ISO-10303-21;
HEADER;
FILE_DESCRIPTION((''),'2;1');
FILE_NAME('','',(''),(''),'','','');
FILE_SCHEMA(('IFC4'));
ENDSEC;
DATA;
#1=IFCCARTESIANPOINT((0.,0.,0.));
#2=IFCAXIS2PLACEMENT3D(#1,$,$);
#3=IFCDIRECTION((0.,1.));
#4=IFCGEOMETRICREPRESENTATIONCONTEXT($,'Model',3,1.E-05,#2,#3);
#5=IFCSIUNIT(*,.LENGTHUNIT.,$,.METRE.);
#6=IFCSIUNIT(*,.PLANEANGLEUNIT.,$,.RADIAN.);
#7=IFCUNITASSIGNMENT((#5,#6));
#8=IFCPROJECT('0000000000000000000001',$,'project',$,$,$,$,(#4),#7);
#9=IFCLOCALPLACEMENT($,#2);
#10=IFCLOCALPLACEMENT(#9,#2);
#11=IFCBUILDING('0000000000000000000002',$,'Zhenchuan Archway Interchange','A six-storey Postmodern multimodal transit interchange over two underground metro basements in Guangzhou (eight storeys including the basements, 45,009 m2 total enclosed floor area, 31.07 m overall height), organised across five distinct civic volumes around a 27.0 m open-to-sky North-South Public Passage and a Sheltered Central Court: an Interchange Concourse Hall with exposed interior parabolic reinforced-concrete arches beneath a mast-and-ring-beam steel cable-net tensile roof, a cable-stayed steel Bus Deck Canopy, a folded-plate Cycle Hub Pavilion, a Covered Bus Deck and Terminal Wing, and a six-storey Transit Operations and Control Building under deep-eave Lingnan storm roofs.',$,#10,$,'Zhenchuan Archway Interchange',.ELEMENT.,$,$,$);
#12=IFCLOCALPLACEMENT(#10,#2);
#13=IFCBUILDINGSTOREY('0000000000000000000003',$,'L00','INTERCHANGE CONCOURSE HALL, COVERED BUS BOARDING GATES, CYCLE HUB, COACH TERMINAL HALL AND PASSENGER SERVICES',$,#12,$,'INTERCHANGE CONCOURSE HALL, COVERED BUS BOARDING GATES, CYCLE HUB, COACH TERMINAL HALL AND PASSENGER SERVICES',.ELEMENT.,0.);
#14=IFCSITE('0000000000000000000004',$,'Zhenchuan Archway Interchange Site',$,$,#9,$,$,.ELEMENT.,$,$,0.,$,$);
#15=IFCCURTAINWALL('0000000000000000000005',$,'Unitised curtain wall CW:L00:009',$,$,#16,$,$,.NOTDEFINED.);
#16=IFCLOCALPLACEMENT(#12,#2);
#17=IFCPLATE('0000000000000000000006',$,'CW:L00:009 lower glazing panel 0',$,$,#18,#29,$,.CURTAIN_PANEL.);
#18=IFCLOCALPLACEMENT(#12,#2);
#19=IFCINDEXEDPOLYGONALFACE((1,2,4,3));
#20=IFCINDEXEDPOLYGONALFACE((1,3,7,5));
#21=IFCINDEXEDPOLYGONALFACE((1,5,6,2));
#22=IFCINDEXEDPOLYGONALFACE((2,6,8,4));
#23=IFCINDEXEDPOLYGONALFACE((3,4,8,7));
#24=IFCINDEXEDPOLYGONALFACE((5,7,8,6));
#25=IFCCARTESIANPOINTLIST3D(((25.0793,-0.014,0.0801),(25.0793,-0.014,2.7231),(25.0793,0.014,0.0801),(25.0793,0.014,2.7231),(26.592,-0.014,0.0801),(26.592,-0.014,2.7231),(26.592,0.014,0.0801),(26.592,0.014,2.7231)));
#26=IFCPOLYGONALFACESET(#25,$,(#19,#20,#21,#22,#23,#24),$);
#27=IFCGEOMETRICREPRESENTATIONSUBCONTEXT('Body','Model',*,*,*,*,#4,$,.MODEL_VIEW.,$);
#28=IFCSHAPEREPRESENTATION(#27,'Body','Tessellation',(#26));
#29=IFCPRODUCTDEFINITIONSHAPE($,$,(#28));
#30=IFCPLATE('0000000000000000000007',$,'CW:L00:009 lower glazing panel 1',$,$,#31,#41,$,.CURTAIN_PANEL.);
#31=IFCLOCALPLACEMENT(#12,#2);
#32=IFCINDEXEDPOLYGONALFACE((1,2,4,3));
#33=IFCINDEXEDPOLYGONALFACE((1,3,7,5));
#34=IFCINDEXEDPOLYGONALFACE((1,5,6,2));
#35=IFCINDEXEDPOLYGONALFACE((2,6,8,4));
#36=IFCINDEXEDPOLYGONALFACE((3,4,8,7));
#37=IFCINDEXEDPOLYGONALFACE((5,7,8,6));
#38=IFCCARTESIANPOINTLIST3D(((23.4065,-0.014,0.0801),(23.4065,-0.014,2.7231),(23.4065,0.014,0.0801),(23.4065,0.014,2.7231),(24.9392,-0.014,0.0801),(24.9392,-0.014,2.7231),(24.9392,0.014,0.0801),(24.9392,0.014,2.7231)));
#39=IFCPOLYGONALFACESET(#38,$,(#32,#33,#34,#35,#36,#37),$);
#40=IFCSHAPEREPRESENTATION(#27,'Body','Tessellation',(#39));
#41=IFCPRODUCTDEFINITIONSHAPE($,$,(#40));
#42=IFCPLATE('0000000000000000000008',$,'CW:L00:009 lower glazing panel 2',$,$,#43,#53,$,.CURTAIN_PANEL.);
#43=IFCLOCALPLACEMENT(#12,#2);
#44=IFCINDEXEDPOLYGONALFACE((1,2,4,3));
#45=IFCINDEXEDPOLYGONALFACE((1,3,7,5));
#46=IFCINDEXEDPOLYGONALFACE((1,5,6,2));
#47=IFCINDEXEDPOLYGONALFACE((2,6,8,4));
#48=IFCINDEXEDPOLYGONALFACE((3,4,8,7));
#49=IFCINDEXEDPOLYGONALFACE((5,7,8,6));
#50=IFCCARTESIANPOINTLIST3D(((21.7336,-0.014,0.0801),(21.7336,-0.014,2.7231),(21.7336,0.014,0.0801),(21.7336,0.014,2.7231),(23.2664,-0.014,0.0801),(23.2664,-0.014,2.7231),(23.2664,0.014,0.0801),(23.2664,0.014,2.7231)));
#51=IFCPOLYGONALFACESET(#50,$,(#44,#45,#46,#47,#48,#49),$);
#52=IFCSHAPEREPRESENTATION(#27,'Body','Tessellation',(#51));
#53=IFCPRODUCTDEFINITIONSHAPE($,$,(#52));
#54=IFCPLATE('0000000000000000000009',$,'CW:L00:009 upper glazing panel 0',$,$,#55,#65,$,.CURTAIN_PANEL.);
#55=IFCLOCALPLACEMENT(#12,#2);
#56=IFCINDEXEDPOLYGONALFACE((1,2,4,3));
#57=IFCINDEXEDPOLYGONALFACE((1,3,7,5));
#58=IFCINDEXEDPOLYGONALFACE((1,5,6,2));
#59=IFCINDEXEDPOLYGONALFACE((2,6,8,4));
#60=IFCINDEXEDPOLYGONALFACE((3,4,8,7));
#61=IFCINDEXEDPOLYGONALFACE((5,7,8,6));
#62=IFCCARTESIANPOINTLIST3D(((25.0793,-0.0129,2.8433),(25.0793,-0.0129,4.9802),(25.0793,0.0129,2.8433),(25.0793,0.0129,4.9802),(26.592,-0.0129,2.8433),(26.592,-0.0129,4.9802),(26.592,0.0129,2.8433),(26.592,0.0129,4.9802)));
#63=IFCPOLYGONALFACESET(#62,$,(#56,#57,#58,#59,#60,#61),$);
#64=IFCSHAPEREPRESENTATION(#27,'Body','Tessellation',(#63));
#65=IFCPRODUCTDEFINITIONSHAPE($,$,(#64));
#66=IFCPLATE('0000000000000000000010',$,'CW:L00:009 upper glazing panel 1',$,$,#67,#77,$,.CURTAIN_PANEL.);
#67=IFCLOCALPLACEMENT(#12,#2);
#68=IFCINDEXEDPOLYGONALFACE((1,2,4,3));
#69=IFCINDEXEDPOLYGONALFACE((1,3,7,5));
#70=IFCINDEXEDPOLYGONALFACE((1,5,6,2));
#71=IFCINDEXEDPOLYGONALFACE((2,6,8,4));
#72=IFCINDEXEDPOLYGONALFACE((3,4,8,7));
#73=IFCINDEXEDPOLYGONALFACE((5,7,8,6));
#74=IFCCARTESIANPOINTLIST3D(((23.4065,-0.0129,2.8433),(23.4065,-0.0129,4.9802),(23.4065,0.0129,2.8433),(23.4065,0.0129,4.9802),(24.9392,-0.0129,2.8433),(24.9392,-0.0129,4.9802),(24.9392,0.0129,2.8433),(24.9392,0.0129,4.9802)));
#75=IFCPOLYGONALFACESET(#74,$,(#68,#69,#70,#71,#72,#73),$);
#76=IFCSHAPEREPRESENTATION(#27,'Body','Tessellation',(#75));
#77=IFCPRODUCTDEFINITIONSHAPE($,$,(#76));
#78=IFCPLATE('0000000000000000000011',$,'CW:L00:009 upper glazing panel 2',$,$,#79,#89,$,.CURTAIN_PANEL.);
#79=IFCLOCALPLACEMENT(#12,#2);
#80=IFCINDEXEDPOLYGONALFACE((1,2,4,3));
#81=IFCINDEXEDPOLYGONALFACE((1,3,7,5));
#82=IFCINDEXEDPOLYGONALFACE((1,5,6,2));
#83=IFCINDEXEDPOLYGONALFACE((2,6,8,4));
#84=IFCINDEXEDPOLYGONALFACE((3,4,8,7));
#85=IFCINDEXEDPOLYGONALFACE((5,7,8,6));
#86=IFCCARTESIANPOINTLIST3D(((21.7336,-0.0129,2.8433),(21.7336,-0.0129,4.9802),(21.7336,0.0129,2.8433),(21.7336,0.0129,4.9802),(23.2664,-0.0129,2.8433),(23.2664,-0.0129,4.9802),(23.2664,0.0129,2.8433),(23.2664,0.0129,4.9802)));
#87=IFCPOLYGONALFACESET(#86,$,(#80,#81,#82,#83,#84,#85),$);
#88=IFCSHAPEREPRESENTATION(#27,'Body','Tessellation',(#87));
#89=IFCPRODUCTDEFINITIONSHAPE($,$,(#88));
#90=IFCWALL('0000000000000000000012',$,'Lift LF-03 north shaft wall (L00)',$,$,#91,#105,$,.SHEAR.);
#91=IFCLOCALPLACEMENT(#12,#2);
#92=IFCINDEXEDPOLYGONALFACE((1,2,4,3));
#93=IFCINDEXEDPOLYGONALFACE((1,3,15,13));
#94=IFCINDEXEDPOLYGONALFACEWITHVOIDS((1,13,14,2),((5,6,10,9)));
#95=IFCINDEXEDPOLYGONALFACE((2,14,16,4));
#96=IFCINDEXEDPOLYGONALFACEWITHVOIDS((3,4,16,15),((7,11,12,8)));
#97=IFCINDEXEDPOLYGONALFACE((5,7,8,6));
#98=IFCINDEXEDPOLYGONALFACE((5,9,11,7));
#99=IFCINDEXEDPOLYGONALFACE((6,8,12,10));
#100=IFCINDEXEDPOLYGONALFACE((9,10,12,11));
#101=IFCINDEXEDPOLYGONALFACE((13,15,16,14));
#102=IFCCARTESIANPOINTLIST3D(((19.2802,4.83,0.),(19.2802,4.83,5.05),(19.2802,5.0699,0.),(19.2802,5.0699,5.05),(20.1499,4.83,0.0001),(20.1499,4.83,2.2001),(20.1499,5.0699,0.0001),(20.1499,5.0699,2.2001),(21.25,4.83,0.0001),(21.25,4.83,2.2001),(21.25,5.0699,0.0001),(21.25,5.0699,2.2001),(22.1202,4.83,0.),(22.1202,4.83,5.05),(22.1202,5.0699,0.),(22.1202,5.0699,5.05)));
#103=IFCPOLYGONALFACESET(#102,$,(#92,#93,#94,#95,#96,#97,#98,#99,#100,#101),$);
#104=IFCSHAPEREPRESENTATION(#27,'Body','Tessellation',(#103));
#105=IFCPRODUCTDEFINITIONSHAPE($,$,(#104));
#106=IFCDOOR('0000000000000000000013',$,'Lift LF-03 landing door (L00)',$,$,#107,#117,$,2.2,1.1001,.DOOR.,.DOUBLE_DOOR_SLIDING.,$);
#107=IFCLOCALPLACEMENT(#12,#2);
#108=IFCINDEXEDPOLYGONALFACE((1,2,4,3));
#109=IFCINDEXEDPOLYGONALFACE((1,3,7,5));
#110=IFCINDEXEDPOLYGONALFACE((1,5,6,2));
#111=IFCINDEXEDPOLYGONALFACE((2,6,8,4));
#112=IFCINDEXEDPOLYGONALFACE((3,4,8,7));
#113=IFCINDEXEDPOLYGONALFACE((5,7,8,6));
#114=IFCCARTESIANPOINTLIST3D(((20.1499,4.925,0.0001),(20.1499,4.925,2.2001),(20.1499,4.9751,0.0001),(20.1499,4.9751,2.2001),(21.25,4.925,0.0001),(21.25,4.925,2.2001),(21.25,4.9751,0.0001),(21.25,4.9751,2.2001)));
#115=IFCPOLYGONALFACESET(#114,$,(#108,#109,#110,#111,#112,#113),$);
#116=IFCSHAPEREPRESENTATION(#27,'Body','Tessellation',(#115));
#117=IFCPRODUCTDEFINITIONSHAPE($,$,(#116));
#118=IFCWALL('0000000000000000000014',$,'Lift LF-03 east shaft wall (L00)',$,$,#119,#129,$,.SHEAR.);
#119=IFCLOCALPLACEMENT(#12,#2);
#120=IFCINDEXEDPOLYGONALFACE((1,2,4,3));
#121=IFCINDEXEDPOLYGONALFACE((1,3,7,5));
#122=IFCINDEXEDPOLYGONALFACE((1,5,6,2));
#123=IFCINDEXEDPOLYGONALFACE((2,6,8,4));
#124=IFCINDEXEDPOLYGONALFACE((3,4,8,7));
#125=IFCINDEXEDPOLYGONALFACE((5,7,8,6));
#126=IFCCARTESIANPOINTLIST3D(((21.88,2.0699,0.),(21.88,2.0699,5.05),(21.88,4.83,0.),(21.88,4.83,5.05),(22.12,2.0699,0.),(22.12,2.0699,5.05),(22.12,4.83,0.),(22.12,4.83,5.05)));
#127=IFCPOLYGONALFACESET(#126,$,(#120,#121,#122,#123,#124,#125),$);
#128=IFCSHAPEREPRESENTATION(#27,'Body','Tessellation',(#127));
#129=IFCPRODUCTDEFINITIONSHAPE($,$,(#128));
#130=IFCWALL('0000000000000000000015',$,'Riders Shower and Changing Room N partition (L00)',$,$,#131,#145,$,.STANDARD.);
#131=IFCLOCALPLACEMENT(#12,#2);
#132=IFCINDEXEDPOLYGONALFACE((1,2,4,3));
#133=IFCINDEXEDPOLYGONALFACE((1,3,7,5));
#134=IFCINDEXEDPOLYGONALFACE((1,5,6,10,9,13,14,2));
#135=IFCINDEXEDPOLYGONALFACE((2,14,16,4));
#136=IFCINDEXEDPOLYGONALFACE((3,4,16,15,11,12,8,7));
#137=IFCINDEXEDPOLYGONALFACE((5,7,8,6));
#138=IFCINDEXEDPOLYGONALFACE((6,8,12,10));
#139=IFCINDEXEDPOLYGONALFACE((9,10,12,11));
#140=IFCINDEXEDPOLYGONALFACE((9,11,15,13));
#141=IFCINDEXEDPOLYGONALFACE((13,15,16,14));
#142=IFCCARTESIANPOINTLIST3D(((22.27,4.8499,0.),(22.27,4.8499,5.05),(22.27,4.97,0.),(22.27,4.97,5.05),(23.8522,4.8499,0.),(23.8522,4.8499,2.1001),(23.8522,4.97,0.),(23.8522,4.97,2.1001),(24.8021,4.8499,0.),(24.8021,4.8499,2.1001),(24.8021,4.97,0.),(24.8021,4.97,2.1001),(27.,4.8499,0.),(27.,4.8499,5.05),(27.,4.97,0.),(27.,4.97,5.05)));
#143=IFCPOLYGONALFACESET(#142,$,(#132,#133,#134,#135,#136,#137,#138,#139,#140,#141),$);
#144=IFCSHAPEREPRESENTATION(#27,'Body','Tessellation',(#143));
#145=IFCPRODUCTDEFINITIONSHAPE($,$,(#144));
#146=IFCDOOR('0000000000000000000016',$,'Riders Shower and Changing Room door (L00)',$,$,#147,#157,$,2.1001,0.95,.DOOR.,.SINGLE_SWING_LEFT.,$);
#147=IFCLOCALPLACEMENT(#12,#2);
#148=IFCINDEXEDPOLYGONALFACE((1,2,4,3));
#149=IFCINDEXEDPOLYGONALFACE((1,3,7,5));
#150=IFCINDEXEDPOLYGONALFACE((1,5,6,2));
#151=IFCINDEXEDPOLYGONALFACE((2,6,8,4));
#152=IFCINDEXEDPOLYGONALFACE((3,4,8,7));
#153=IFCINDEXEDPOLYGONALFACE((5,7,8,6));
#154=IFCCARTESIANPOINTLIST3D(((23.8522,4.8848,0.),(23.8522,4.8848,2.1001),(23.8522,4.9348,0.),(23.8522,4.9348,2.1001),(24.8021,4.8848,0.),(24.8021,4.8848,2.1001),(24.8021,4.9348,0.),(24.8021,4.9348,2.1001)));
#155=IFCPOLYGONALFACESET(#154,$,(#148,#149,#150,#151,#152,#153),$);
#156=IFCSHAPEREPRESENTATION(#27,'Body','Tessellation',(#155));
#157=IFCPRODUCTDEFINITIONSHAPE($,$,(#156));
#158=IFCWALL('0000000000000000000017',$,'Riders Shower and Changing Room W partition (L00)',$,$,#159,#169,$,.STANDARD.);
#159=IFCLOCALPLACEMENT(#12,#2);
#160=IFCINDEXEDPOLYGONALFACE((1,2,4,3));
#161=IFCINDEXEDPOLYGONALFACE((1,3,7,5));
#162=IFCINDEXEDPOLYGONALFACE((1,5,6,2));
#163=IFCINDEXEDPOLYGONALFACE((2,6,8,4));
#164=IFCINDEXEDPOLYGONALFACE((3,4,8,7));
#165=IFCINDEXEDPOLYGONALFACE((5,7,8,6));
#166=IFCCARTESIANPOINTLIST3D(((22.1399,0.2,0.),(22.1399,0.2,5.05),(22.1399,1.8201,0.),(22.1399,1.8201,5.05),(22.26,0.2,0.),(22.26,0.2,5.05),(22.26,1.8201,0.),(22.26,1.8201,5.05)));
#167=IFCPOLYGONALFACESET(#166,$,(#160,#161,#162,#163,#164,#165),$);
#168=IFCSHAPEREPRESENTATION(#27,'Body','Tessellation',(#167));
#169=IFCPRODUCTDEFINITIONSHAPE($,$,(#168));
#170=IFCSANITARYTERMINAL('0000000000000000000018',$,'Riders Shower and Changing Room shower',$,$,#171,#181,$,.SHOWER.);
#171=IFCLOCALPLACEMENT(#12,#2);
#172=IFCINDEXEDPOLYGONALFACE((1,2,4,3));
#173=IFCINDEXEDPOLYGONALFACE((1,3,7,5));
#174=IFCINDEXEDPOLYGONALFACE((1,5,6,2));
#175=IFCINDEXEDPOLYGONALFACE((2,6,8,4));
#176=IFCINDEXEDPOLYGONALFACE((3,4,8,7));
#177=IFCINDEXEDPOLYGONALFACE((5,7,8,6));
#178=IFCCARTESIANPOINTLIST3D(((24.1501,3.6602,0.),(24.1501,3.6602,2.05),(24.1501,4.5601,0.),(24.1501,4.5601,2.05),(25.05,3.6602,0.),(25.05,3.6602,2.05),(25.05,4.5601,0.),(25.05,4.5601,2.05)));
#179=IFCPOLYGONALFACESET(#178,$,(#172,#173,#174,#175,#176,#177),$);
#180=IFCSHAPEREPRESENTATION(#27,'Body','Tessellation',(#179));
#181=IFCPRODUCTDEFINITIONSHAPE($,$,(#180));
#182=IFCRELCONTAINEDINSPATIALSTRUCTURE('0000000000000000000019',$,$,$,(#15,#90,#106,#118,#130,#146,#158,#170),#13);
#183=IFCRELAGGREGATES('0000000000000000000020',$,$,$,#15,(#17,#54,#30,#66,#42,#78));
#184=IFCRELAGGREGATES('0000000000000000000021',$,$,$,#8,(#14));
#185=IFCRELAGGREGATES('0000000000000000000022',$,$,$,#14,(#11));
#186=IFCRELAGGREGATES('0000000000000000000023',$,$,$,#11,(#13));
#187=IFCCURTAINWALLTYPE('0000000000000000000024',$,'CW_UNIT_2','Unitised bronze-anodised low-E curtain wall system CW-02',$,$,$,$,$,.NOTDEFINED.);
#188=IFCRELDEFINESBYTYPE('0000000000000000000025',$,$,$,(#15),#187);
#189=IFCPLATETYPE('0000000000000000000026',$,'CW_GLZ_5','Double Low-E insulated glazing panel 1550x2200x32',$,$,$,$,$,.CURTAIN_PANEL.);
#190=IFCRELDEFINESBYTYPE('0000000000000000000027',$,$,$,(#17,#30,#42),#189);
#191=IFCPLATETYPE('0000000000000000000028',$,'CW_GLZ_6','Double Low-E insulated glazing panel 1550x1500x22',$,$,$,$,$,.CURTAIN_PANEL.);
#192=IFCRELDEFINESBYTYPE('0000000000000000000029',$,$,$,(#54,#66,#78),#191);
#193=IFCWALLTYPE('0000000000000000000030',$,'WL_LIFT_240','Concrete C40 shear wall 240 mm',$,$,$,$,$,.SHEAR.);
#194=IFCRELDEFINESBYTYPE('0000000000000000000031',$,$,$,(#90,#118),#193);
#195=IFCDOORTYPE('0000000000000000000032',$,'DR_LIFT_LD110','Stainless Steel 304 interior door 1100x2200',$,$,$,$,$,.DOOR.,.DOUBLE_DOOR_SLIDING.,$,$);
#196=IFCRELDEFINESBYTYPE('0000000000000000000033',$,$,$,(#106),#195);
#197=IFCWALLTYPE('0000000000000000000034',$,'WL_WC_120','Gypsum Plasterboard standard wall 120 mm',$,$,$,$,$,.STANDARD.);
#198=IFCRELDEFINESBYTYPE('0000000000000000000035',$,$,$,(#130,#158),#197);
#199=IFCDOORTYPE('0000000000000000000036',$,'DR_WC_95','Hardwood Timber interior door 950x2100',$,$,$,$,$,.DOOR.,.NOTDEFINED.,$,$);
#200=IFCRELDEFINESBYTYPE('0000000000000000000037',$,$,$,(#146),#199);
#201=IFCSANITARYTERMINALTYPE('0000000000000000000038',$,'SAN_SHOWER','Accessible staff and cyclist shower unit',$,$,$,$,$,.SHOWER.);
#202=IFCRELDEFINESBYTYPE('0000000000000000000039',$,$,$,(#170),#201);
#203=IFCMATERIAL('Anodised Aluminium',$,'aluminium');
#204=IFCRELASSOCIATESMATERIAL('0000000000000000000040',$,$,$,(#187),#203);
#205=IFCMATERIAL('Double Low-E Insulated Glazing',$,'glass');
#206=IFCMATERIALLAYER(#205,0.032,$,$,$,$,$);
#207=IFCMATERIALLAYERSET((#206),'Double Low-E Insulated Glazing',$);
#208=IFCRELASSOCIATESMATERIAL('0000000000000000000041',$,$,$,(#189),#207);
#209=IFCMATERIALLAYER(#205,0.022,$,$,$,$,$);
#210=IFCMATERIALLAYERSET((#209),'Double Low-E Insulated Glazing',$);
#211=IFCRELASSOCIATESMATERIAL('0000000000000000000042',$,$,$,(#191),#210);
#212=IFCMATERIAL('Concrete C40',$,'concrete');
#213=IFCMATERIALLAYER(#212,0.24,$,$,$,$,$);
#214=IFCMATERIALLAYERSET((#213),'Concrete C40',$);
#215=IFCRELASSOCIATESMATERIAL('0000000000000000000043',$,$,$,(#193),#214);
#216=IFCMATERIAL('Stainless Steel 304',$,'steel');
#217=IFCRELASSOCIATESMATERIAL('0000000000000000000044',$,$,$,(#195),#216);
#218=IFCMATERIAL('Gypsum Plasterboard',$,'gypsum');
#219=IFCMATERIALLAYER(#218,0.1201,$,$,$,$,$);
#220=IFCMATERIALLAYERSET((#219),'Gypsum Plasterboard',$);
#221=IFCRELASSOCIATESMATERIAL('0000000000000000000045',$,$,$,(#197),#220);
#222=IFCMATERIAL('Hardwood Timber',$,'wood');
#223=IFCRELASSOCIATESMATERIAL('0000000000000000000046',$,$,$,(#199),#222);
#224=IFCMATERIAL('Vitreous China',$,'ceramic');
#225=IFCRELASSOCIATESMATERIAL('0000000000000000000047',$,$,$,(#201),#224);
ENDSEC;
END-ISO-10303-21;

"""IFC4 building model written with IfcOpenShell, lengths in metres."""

from ifc_helpers import new_model, si_unit, direction, frame, frame_2d, origin, origin_2d, place, context, subcontext, project, spatial, rectangle, extrude, material, layer, layer_set, type_object, element, fill, aggregate, save


model = new_model("IFC4")

# Units and contexts
model_context = context("Model", 3, precision=1e-05, world=origin(), true_north=direction((0.0, 1.0)))
body_context = subcontext(model_context, "Body", "Model", "MODEL_VIEW")
ifc_project = project(units=[si_unit("LENGTHUNIT", "METRE"), si_unit("PLANEANGLEUNIT", "RADIAN")], contexts=[model_context])

# Site, building, storey
site_placement = place(None, origin())
site = spatial("IfcSite", under=ifc_project, at=site_placement, Name="Zhenchuan Archway Interchange Site", CompositionType="ELEMENT", RefElevation=0.0)
building_placement = place(site_placement, origin())
building = spatial("IfcBuilding", under=site, at=building_placement, Name="Zhenchuan Archway Interchange", Description="A six-storey Postmodern multimodal transit interchange over two underground metro basements in Guangzhou (eight storeys including the basements, 45,009 m2 total enclosed floor area, 31.07 m overall height), organised across five distinct civic volumes around a 27.0 m open-to-sky North-South Public Passage and a Sheltered Central Court: an Interchange Concourse Hall with exposed interior parabolic reinforced-concrete arches beneath a mast-and-ring-beam steel cable-net tensile roof, a cable-stayed steel Bus Deck Canopy, a folded-plate Cycle Hub Pavilion, a Covered Bus Deck and Terminal Wing, and a six-storey Transit Operations and Control Building under deep-eave Lingnan storm roofs.", LongName="Zhenchuan Archway Interchange", CompositionType="ELEMENT")
storey_placement = place(building_placement, origin())
storey = spatial("IfcBuildingStorey", under=building, at=storey_placement, Name="L00", Description="INTERCHANGE CONCOURSE HALL, COVERED BUS BOARDING GATES, CYCLE HUB, COACH TERMINAL HALL AND PASSENGER SERVICES", LongName="INTERCHANGE CONCOURSE HALL, COVERED BUS BOARDING GATES, CYCLE HUB, COACH TERMINAL HALL AND PASSENGER SERVICES", CompositionType="ELEMENT", Elevation=0.0)

# Curtain wall
ifc_material_1 = material(Name="Anodised Aluminium", Category="aluminium")
curtain_wall_type = type_object("IfcCurtainWallType", Name="CW_UNIT_2", Description="Unitised bronze-anodised low-E curtain wall system CW-02", PredefinedType="NOTDEFINED", material=ifc_material_1)
curtain_wall_placement = place(storey_placement, origin())
curtain_wall = element("IfcCurtainWall", 1, at=curtain_wall_placement, inside=storey, type_object=curtain_wall_type, Name="Unitised curtain wall CW:L00:009", PredefinedType="NOTDEFINED")

# Plates
ifc_material_2 = material(Name="Double Low-E Insulated Glazing", Category="glass")
ifc_layer_1 = layer(ifc_material_2, 0.032)
ifc_layer_set_1 = layer_set([ifc_layer_1], Name="Double Low-E Insulated Glazing")
plate_type_1 = type_object("IfcPlateType", Name="CW_GLZ_5", Description="Double Low-E insulated glazing panel 1550x2200x32", PredefinedType="CURTAIN_PANEL", material=ifc_layer_set_1)
plate_1_placement = place(storey_placement, frame((25.8357, 0.0, 0.0801), z_axis=(0.0, 0.0, 1.0), x_axis=(-1.0, 0.0, 0.0)))
plate_1 = element("IfcPlate", 2, at=plate_1_placement, type_object=plate_type_1, Name="CW:L00:009 lower glazing panel 0", PredefinedType="CURTAIN_PANEL", context=body_context, shape_type="SweptSolid", body=[
    extrude(rectangle(XDim=1.5127, YDim=0.0281, at=origin_2d()), origin(), (0.0, 0.0, 1.0), 2.6431),
])
plate_2_placement = place(storey_placement, frame((24.1729, 0.0, 0.0801), z_axis=(0.0, 0.0, 1.0), x_axis=(-1.0, 0.0, 0.0)))
plate_2 = element("IfcPlate", 3, at=plate_2_placement, type_object=plate_type_1, Name="CW:L00:009 lower glazing panel 1", PredefinedType="CURTAIN_PANEL", context=body_context, shape_type="SweptSolid", body=[
    extrude(rectangle(XDim=1.5327, YDim=0.0281, at=origin_2d()), origin(), (0.0, 0.0, 1.0), 2.6431),
])
plate_3_placement = place(storey_placement, frame((22.5, 0.0, 0.0801), z_axis=(0.0, 0.0, 1.0), x_axis=(-1.0, 0.0, 0.0)))
plate_3 = element("IfcPlate", 4, at=plate_3_placement, type_object=plate_type_1, Name="CW:L00:009 lower glazing panel 2", PredefinedType="CURTAIN_PANEL", context=body_context, shape_type="SweptSolid", body=[
    extrude(rectangle(XDim=1.5327, YDim=0.0281, at=origin_2d()), origin(), (0.0, 0.0, 1.0), 2.6431),
])
ifc_layer_2 = layer(ifc_material_2, 0.022)
ifc_layer_set_2 = layer_set([ifc_layer_2], Name="Double Low-E Insulated Glazing")
plate_type_2 = type_object("IfcPlateType", Name="CW_GLZ_6", Description="Double Low-E insulated glazing panel 1550x1500x22", PredefinedType="CURTAIN_PANEL", material=ifc_layer_set_2)
plate_4_placement = place(storey_placement, frame((25.8357, 0.0, 2.8433), z_axis=(0.0, 0.0, 1.0), x_axis=(-1.0, 0.0, 0.0)))
plate_4 = element("IfcPlate", 5, at=plate_4_placement, type_object=plate_type_2, Name="CW:L00:009 upper glazing panel 0", PredefinedType="CURTAIN_PANEL", context=body_context, shape_type="SweptSolid", body=[
    extrude(rectangle(XDim=1.5127, YDim=0.0259, at=origin_2d()), origin(), (0.0, 0.0, 1.0), 2.137),
])
plate_5_placement = place(storey_placement, frame((24.1729, 0.0, 2.8433), z_axis=(0.0, 0.0, 1.0), x_axis=(-1.0, 0.0, 0.0)))
plate_5 = element("IfcPlate", 6, at=plate_5_placement, type_object=plate_type_2, Name="CW:L00:009 upper glazing panel 1", PredefinedType="CURTAIN_PANEL", context=body_context, shape_type="SweptSolid", body=[
    extrude(rectangle(XDim=1.5327, YDim=0.0259, at=origin_2d()), origin(), (0.0, 0.0, 1.0), 2.137),
])
plate_6_placement = place(storey_placement, frame((22.5, 0.0, 2.8433), z_axis=(0.0, 0.0, 1.0), x_axis=(-1.0, 0.0, 0.0)))
plate_6 = element("IfcPlate", 7, at=plate_6_placement, type_object=plate_type_2, Name="CW:L00:009 upper glazing panel 2", PredefinedType="CURTAIN_PANEL", context=body_context, shape_type="SweptSolid", body=[
    extrude(rectangle(XDim=1.5327, YDim=0.0259, at=origin_2d()), origin(), (0.0, 0.0, 1.0), 2.137),
])
aggregate(curtain_wall, [plate_1, plate_4, plate_2, plate_5, plate_3, plate_6])

# Wall, opening, door
ifc_material_3 = material(Name="Concrete C40", Category="concrete")
ifc_layer_3 = layer(ifc_material_3, 0.24)
ifc_layer_set_3 = layer_set([ifc_layer_3], Name="Concrete C40")
wall_type_1 = type_object("IfcWallType", Name="WL_LIFT_240", Description="Concrete C40 shear wall 240 mm", PredefinedType="SHEAR", material=ifc_layer_set_3)
wall_1_placement = place(storey_placement, frame((22.1201, 4.95, 0.0), z_axis=(0.0, 0.0, 1.0), x_axis=(-1.0, 0.0, 0.0)))
wall_1 = element("IfcWall", 8, at=wall_1_placement, inside=storey, type_object=wall_type_1, Name="Lift LF-03 north shaft wall (L00)", PredefinedType="SHEAR", context=body_context, shape_type="SweptSolid", body=[
    extrude(rectangle(XDim=2.8401, YDim=0.24, at=frame_2d((1.4199, 0.0))), origin(), (0.0, 0.0, 1.0), 5.05),
])
opening_1_placement = place(wall_1_placement, frame((0.8701, 0.0, 0.0)))
opening_1 = element("IfcOpeningElement", 9, at=opening_1_placement, cuts=wall_1, PredefinedType="OPENING", context=body_context, shape_type="SweptSolid", body=[
    extrude(rectangle(XDim=1.1001, YDim=2.2, at=frame_2d((0.55, 1.1001))), frame((0.0, 0.1318, 0.0), z_axis=(0.0, -1.0, 0.0), x_axis=(1.0, 0.0, 0.0)), (0.0, 0.0, 1.0), 0.2639),
])
ifc_material_4 = material(Name="Stainless Steel 304", Category="steel")
door_type_1 = type_object("IfcDoorType", Name="DR_LIFT_LD110", Description="Stainless Steel 304 interior door 1100x2200", OperationType="DOUBLE_DOOR_SLIDING", PredefinedType="DOOR", material=ifc_material_4)
door_1_placement = place(opening_1_placement, origin())
door_1 = element("IfcDoor", 10, at=door_1_placement, inside=storey, type_object=door_type_1, Name="Lift LF-03 landing door (L00)", OperationType="DOUBLE_DOOR_SLIDING", OverallHeight=2.2, OverallWidth=1.1001, PredefinedType="DOOR", context=body_context, shape_type="SweptSolid", body=[
    extrude(rectangle(XDim=1.1001, YDim=2.2, at=frame_2d((0.55, 1.1001))), frame((0.0, 0.0249, 0.0), z_axis=(0.0, -1.0, 0.0), x_axis=(1.0, 0.0, 0.0)), (0.0, 0.0, 1.0), 0.05),
])
fill(opening_1, door_1)

# Wall
wall_2_placement = place(storey_placement, frame((22.0, 2.0701, 0.0), z_axis=(0.0, 0.0, 1.0), x_axis=(0.0, 1.0, 0.0)))
element("IfcWall", 11, at=wall_2_placement, inside=storey, type_object=wall_type_1, Name="Lift LF-03 east shaft wall (L00)", PredefinedType="SHEAR", context=body_context, shape_type="SweptSolid", body=[
    extrude(rectangle(XDim=2.76, YDim=0.24, at=frame_2d((1.3799, 0.0))), origin(), (0.0, 0.0, 1.0), 5.05),
])

# Wall, opening, door
ifc_material_5 = material(Name="Gypsum Plasterboard", Category="gypsum")
ifc_layer_4 = layer(ifc_material_5, 0.1201)
ifc_layer_set_4 = layer_set([ifc_layer_4], Name="Gypsum Plasterboard")
wall_type_2 = type_object("IfcWallType", Name="WL_WC_120", Description="Gypsum Plasterboard standard wall 120 mm", PredefinedType="STANDARD", material=ifc_layer_set_4)
wall_3_placement = place(storey_placement, frame((22.27, 4.9099, 0.0), z_axis=(0.0, 0.0, 1.0), x_axis=(1.0, 0.0, 0.0)))
wall_3 = element("IfcWall", 12, at=wall_3_placement, inside=storey, type_object=wall_type_2, Name="Riders Shower and Changing Room N partition (L00)", PredefinedType="STANDARD", context=body_context, shape_type="SweptSolid", body=[
    extrude(rectangle(XDim=4.73, YDim=0.1201, at=frame_2d((2.365, 0.0))), origin(), (0.0, 0.0, 1.0), 5.05),
])
opening_2_placement = place(wall_3_placement, frame((1.582, 0.0, 0.0)))
opening_2 = element("IfcOpeningElement", 13, at=opening_2_placement, cuts=wall_3, PredefinedType="OPENING", context=body_context, shape_type="SweptSolid", body=[
    extrude(rectangle(XDim=0.95, YDim=2.1001, at=frame_2d((0.4751, 1.05))), frame((0.0, 0.072, 0.0), z_axis=(0.0, -1.0, 0.0), x_axis=(1.0, 0.0, 0.0)), (0.0, 0.0, 1.0), 0.144),
])
ifc_material_6 = material(Name="Hardwood Timber", Category="wood")
door_type_2 = type_object("IfcDoorType", Name="DR_WC_95", Description="Hardwood Timber interior door 950x2100", OperationType="NOTDEFINED", PredefinedType="DOOR", material=ifc_material_6)
door_2_placement = place(opening_2_placement, origin())
door_2 = element("IfcDoor", 14, at=door_2_placement, inside=storey, type_object=door_type_2, Name="Riders Shower and Changing Room door (L00)", OperationType="SINGLE_SWING_LEFT", OverallHeight=2.1001, OverallWidth=0.95, PredefinedType="DOOR", context=body_context, shape_type="SweptSolid", body=[
    extrude(rectangle(XDim=0.95, YDim=2.1001, at=frame_2d((0.4751, 1.05))), frame((0.0, 0.0249, 0.0), z_axis=(0.0, -1.0, 0.0), x_axis=(1.0, 0.0, 0.0)), (0.0, 0.0, 1.0), 0.05),
])
fill(opening_2, door_2)

# Wall
wall_4_placement = place(storey_placement, frame((22.2, 0.2, 0.0), z_axis=(0.0, 0.0, 1.0), x_axis=(0.0, 1.0, 0.0)))
element("IfcWall", 15, at=wall_4_placement, inside=storey, type_object=wall_type_2, Name="Riders Shower and Changing Room W partition (L00)", PredefinedType="STANDARD", context=body_context, shape_type="SweptSolid", body=[
    extrude(rectangle(XDim=1.6201, YDim=0.1201, at=frame_2d((0.8101, 0.0))), origin(), (0.0, 0.0, 1.0), 5.05),
])

# Sanitary terminal
ifc_material_7 = material(Name="Vitreous China", Category="ceramic")
sanitary_terminal_type_1 = type_object("IfcSanitaryTerminalType", Name="SAN_SHOWER", Description="Accessible staff and cyclist shower unit", PredefinedType="SHOWER", material=ifc_material_7)
sanitary_terminal_1_placement = place(storey_placement, frame((24.6001, 4.1101, 0.0), z_axis=(0.0, 0.0, 1.0), x_axis=(1.0, 0.0, 0.0)))
element("IfcSanitaryTerminal", 16, at=sanitary_terminal_1_placement, inside=storey, type_object=sanitary_terminal_type_1, Name="Riders Shower and Changing Room shower", PredefinedType="SHOWER", context=body_context, shape_type="SweptSolid", body=[
    extrude(rectangle(XDim=0.8999, YDim=0.8999, at=origin_2d()), origin(), (0.0, 0.0, 1.0), 2.05),
])

save(model, "model.ifc")
